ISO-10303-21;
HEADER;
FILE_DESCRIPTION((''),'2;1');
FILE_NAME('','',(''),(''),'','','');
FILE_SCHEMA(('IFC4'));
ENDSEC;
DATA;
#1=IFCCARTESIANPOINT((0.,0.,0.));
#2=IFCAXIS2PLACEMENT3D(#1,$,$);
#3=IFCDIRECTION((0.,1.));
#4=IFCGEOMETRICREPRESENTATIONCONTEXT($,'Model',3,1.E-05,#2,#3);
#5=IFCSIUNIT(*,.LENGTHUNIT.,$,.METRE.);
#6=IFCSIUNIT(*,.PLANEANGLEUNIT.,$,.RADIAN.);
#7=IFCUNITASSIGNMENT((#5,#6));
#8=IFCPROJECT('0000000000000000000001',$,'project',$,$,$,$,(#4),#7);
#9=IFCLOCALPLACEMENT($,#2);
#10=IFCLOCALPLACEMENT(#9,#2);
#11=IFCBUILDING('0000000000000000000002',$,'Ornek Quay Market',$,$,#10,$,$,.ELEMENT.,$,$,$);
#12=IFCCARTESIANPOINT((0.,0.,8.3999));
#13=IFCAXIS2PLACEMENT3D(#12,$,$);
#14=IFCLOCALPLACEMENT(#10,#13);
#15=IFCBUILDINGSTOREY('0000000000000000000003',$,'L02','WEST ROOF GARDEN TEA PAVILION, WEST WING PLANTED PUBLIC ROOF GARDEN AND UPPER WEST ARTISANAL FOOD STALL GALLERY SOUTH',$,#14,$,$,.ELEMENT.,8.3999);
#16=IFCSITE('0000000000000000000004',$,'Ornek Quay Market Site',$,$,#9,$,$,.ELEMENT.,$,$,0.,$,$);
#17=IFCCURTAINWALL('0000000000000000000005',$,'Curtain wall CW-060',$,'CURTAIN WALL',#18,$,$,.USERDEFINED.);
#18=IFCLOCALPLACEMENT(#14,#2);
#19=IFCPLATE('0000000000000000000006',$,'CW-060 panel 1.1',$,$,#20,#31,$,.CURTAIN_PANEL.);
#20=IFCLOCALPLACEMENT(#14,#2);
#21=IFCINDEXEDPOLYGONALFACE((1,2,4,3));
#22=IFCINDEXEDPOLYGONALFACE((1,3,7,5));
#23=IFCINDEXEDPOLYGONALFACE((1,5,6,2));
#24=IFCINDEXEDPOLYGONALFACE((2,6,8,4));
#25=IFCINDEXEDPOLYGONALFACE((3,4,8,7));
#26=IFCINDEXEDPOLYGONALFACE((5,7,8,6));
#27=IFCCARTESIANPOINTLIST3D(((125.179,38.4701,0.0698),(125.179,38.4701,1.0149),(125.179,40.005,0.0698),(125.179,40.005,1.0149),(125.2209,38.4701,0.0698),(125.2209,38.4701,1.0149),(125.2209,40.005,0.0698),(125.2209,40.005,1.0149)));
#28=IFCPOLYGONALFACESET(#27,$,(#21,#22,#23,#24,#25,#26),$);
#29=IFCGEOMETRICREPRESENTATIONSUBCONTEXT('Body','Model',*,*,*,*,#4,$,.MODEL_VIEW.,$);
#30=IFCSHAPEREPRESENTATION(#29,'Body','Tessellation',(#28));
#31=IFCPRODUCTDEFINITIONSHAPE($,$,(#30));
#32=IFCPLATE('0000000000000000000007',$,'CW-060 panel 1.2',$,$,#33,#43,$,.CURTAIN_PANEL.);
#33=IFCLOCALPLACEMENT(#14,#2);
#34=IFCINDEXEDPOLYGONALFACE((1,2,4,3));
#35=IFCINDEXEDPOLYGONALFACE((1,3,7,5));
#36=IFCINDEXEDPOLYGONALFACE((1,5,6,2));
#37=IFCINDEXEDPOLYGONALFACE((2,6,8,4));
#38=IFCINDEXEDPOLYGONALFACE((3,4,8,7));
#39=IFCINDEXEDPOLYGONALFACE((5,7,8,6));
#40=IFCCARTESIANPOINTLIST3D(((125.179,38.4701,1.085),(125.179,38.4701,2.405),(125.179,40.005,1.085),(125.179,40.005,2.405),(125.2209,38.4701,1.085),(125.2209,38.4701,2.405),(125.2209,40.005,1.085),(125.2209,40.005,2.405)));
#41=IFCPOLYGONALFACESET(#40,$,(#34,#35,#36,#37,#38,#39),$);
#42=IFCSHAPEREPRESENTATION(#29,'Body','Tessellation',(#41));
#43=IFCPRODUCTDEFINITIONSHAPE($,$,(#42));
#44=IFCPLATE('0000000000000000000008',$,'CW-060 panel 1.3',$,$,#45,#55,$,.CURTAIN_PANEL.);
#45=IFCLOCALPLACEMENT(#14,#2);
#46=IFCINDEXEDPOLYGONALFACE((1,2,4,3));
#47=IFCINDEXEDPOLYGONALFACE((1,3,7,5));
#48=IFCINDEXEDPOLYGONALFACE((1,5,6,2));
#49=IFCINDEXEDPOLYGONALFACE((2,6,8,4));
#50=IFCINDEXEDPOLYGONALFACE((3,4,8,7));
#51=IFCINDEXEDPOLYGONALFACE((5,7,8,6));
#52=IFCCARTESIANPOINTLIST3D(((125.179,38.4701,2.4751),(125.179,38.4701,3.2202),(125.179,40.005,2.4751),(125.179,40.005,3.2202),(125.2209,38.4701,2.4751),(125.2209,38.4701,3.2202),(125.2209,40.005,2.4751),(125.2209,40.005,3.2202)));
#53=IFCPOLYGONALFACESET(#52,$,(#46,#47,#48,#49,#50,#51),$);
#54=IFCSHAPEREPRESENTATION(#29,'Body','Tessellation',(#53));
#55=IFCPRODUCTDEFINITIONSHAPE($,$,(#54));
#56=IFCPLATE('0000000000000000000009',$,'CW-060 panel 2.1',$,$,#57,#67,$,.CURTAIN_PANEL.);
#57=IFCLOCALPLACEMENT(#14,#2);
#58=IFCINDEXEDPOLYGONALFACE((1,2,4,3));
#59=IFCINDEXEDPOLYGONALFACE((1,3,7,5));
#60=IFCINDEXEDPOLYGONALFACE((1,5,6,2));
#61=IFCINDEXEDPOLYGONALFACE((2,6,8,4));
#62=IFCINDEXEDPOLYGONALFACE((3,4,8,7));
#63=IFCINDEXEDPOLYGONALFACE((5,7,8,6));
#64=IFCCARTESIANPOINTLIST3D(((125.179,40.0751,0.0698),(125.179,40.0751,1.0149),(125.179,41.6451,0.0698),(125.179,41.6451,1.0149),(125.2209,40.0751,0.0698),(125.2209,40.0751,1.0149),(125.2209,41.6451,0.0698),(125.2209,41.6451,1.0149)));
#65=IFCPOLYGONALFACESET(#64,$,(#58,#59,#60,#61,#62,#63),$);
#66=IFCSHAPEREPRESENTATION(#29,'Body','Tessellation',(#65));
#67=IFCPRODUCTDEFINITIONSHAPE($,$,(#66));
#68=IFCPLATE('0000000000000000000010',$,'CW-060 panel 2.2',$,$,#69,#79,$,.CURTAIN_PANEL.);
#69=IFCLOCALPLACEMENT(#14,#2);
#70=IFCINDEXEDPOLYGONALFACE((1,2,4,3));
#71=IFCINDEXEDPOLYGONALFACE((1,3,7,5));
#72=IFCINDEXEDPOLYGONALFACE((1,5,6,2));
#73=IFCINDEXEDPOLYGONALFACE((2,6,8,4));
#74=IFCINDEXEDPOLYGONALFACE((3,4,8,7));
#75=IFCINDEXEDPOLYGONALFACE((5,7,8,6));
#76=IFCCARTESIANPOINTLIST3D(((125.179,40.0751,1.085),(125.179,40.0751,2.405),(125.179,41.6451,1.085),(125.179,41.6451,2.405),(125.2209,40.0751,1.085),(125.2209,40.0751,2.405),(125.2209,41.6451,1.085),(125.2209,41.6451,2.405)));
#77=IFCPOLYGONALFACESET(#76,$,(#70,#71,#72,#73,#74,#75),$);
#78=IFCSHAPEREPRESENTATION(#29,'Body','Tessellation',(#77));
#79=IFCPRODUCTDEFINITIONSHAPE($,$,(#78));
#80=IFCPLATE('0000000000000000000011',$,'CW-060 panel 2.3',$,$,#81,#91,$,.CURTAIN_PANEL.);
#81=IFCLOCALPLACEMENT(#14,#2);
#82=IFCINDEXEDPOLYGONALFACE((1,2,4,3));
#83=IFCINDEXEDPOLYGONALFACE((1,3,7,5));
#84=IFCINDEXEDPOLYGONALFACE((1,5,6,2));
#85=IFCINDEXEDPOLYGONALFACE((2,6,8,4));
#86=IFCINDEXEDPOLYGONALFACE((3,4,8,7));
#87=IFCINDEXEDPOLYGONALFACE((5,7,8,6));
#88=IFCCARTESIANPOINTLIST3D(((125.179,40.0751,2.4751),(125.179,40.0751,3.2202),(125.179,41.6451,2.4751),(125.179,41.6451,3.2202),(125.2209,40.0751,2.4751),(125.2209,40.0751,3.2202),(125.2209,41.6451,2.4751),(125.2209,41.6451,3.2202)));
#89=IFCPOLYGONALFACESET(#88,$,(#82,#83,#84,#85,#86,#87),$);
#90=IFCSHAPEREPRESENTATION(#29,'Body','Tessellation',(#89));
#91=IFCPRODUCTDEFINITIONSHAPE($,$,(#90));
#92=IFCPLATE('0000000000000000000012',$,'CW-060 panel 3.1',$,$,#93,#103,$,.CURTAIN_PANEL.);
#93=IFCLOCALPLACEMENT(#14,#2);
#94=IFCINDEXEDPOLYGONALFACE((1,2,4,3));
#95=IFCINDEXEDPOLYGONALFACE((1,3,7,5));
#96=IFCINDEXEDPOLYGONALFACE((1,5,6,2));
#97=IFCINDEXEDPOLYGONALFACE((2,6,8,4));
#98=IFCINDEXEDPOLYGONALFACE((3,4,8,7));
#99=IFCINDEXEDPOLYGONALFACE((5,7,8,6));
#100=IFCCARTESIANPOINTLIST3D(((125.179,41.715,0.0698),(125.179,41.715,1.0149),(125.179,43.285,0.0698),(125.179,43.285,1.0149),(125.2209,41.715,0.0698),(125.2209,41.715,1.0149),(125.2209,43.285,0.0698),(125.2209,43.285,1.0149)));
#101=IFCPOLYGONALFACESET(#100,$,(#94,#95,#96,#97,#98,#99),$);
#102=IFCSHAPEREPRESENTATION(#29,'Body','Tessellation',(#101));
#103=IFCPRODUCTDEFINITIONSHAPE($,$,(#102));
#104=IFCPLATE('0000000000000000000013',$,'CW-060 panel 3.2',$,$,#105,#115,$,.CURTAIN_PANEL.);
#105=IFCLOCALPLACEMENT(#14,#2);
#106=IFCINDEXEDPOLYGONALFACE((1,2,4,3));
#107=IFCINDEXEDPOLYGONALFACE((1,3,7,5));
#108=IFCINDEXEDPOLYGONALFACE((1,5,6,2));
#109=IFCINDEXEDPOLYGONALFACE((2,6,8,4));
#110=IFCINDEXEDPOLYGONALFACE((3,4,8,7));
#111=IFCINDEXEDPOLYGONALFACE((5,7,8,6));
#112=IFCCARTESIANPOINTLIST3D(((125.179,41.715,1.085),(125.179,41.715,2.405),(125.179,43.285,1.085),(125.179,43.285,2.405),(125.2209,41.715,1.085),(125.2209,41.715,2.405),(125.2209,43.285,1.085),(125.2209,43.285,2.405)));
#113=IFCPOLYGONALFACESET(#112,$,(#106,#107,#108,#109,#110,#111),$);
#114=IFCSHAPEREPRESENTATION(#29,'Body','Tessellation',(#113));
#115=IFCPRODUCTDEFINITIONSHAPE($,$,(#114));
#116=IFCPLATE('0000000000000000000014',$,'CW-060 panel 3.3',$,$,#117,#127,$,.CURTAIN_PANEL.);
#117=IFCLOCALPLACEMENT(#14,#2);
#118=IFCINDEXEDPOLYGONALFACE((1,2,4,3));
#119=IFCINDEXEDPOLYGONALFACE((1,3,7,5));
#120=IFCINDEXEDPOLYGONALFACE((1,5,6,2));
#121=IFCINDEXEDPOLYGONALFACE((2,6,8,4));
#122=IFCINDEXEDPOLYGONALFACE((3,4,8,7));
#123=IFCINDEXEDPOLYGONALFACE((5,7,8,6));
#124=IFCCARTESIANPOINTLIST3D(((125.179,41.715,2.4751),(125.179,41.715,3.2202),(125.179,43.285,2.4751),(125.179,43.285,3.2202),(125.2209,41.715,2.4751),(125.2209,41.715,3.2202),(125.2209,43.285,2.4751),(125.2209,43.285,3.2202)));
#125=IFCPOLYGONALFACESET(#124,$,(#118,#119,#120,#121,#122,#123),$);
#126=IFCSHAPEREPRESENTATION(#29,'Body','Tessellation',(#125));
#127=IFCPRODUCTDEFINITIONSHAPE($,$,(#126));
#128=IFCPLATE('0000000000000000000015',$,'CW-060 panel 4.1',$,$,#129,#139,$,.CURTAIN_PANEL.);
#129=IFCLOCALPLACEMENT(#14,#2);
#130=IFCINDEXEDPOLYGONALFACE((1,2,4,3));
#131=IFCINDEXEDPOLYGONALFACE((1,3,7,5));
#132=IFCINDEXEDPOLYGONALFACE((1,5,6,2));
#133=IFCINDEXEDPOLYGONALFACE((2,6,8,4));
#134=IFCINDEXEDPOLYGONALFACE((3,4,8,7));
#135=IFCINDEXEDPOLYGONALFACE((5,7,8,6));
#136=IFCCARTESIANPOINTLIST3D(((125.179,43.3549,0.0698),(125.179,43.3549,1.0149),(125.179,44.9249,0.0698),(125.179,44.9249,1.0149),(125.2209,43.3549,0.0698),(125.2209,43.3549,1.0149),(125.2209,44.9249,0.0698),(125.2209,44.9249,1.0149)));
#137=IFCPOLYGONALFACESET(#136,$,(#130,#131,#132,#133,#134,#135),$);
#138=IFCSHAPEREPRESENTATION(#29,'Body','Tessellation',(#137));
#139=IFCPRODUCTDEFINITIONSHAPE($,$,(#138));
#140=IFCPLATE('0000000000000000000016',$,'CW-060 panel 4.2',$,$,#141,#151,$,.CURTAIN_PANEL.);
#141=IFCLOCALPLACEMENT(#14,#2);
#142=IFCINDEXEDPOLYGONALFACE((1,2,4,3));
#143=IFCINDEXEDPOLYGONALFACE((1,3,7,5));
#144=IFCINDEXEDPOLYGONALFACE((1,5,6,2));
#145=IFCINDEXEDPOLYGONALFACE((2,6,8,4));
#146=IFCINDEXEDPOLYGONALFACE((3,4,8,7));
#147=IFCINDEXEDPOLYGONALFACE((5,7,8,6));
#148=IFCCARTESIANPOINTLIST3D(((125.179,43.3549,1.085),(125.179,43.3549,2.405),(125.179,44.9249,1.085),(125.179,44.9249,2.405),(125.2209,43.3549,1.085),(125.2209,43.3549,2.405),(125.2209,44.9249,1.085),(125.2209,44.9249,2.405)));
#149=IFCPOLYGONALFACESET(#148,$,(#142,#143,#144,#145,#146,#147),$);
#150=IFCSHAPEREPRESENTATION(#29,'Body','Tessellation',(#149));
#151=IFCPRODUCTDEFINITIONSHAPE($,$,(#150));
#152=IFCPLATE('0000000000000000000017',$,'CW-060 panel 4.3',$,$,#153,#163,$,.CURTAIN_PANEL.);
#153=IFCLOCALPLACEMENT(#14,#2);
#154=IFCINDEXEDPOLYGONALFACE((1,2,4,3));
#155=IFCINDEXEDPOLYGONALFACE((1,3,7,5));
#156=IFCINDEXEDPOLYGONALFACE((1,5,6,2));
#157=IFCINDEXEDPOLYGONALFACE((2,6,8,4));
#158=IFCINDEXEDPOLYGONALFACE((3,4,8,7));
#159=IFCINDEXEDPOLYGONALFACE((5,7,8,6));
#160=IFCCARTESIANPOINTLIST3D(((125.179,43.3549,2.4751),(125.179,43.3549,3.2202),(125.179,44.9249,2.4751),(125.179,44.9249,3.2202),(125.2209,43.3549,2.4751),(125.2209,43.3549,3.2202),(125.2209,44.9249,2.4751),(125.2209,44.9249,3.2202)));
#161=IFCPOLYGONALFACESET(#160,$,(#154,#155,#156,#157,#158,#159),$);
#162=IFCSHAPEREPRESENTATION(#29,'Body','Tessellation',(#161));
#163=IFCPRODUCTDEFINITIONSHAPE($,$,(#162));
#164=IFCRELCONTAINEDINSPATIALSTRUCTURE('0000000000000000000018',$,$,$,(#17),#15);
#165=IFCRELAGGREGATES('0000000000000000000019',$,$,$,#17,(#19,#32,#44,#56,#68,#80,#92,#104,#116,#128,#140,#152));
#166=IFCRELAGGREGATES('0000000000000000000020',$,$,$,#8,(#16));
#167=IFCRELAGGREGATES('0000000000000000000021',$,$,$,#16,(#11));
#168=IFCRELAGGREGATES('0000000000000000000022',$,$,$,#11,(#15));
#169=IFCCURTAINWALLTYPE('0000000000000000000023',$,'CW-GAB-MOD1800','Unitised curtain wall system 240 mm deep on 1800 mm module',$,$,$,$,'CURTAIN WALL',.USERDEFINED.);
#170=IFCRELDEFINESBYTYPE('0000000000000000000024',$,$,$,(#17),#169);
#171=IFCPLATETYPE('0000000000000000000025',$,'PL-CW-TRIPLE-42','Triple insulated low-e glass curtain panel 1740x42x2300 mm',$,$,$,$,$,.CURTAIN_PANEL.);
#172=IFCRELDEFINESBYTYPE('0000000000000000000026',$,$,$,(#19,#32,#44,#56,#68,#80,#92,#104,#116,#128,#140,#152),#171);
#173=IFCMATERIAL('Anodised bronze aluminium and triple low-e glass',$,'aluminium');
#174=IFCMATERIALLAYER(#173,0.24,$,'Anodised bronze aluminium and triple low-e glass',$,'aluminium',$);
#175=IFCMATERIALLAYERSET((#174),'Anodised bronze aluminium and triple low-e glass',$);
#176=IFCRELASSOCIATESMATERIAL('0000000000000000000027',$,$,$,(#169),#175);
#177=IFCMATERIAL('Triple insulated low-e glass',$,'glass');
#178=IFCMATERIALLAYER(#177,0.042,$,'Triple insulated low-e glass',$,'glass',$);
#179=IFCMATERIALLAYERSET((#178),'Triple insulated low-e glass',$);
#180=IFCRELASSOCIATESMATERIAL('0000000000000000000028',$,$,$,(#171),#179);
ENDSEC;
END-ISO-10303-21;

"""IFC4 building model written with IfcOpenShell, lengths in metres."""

from ifc_helpers import new_model, si_unit, direction, frame, origin, origin_2d, place, context, subcontext, project, spatial, rectangle, extrude, material, layer, layer_set, type_object, element, aggregate, save


model = new_model("IFC4")

# Units and contexts
model_context = context("Model", 3, precision=1e-05, world=origin(), true_north=direction((0.0, 1.0)))
body_context = subcontext(model_context, "Body", "Model", "MODEL_VIEW")
ifc_project = project(units=[si_unit("LENGTHUNIT", "METRE"), si_unit("PLANEANGLEUNIT", "RADIAN")], contexts=[model_context])

# Site, building, storey
site_placement = place(None, origin())
site = spatial("IfcSite", under=ifc_project, at=site_placement, Name="Ornek Quay Market Site", CompositionType="ELEMENT", RefElevation=0.0)
building_placement = place(site_placement, origin())
building = spatial("IfcBuilding", under=site, at=building_placement, Name="Ornek Quay Market", CompositionType="ELEMENT")
storey_placement = place(building_placement, frame((0.0, 0.0, 8.3999)))
storey = spatial("IfcBuildingStorey", under=building, at=storey_placement, Name="L02", Description="WEST ROOF GARDEN TEA PAVILION, WEST WING PLANTED PUBLIC ROOF GARDEN AND UPPER WEST ARTISANAL FOOD STALL GALLERY SOUTH", CompositionType="ELEMENT", Elevation=8.3999)

# Curtain wall, plates
ifc_material_1 = material(Name="Anodised bronze aluminium and triple low-e glass", Category="aluminium")
ifc_layer_1 = layer(ifc_material_1, 0.24, Name="Anodised bronze aluminium and triple low-e glass", Category="aluminium")
ifc_layer_set_1 = layer_set([ifc_layer_1], Name="Anodised bronze aluminium and triple low-e glass")
curtain_wall_type = type_object("IfcCurtainWallType", Name="CW-GAB-MOD1800", Description="Unitised curtain wall system 240 mm deep on 1800 mm module", ElementType="CURTAIN WALL", PredefinedType="USERDEFINED", material=ifc_layer_set_1)
curtain_wall_placement = place(storey_placement, origin())
curtain_wall = element("IfcCurtainWall", 1, at=curtain_wall_placement, inside=storey, type_object=curtain_wall_type, Name="Curtain wall CW-060", ObjectType="CURTAIN WALL", PredefinedType="USERDEFINED")
ifc_material_2 = material(Name="Triple insulated low-e glass", Category="glass")
ifc_layer_2 = layer(ifc_material_2, 0.042, Name="Triple insulated low-e glass", Category="glass")
ifc_layer_set_2 = layer_set([ifc_layer_2], Name="Triple insulated low-e glass")
plate_type = type_object("IfcPlateType", Name="PL-CW-TRIPLE-42", Description="Triple insulated low-e glass curtain panel 1740x42x2300 mm", PredefinedType="CURTAIN_PANEL", material=ifc_layer_set_2)
plate_1_placement = place(storey_placement, frame((125.2, 39.2375, 0.0698), z_axis=(0.0, 0.0, 1.0), x_axis=(0.0, 1.0, 0.0)))
plate_1 = element("IfcPlate", 2, at=plate_1_placement, type_object=plate_type, Name="CW-060 panel 1.1", PredefinedType="CURTAIN_PANEL", context=body_context, shape_type="SweptSolid", body=[
    extrude(rectangle(XDim=1.5349, YDim=0.042, at=origin_2d()), origin(), (0.0, 0.0, 1.0), 0.9451),
])
plate_2_placement = place(storey_placement, frame((125.2, 39.2375, 1.085), z_axis=(0.0, 0.0, 1.0), x_axis=(0.0, 1.0, 0.0)))
plate_2 = element("IfcPlate", 3, at=plate_2_placement, type_object=plate_type, Name="CW-060 panel 1.2", PredefinedType="CURTAIN_PANEL", context=body_context, shape_type="SweptSolid", body=[
    extrude(rectangle(XDim=1.5349, YDim=0.042, at=origin_2d()), origin(), (0.0, 0.0, 1.0), 1.3201),
])
plate_3_placement = place(storey_placement, frame((125.2, 39.2375, 2.4751), z_axis=(0.0, 0.0, 1.0), x_axis=(0.0, 1.0, 0.0)))
plate_3 = element("IfcPlate", 4, at=plate_3_placement, type_object=plate_type, Name="CW-060 panel 1.3", PredefinedType="CURTAIN_PANEL", context=body_context, shape_type="SweptSolid", body=[
    extrude(rectangle(XDim=1.5349, YDim=0.042, at=origin_2d()), origin(), (0.0, 0.0, 1.0), 0.7451),
])
plate_4_placement = place(storey_placement, frame((125.2, 40.8601, 0.0698), z_axis=(0.0, 0.0, 1.0), x_axis=(0.0, 1.0, 0.0)))
plate_4 = element("IfcPlate", 5, at=plate_4_placement, type_object=plate_type, Name="CW-060 panel 2.1", PredefinedType="CURTAIN_PANEL", context=body_context, shape_type="SweptSolid", body=[
    extrude(rectangle(XDim=1.5701, YDim=0.042, at=origin_2d()), origin(), (0.0, 0.0, 1.0), 0.9451),
])
plate_5_placement = place(storey_placement, frame((125.2, 40.8601, 1.085), z_axis=(0.0, 0.0, 1.0), x_axis=(0.0, 1.0, 0.0)))
plate_5 = element("IfcPlate", 6, at=plate_5_placement, type_object=plate_type, Name="CW-060 panel 2.2", PredefinedType="CURTAIN_PANEL", context=body_context, shape_type="SweptSolid", body=[
    extrude(rectangle(XDim=1.5701, YDim=0.042, at=origin_2d()), origin(), (0.0, 0.0, 1.0), 1.3201),
])
plate_6_placement = place(storey_placement, frame((125.2, 40.8601, 2.4751), z_axis=(0.0, 0.0, 1.0), x_axis=(0.0, 1.0, 0.0)))
plate_6 = element("IfcPlate", 7, at=plate_6_placement, type_object=plate_type, Name="CW-060 panel 2.3", PredefinedType="CURTAIN_PANEL", context=body_context, shape_type="SweptSolid", body=[
    extrude(rectangle(XDim=1.5701, YDim=0.042, at=origin_2d()), origin(), (0.0, 0.0, 1.0), 0.7451),
])
plate_7_placement = place(storey_placement, frame((125.2, 42.5, 0.0698), z_axis=(0.0, 0.0, 1.0), x_axis=(0.0, 1.0, 0.0)))
plate_7 = element("IfcPlate", 8, at=plate_7_placement, type_object=plate_type, Name="CW-060 panel 3.1", PredefinedType="CURTAIN_PANEL", context=body_context, shape_type="SweptSolid", body=[
    extrude(rectangle(XDim=1.5701, YDim=0.042, at=origin_2d()), origin(), (0.0, 0.0, 1.0), 0.9451),
])
plate_8_placement = place(storey_placement, frame((125.2, 42.5, 1.085), z_axis=(0.0, 0.0, 1.0), x_axis=(0.0, 1.0, 0.0)))
plate_8 = element("IfcPlate", 9, at=plate_8_placement, type_object=plate_type, Name="CW-060 panel 3.2", PredefinedType="CURTAIN_PANEL", context=body_context, shape_type="SweptSolid", body=[
    extrude(rectangle(XDim=1.5701, YDim=0.042, at=origin_2d()), origin(), (0.0, 0.0, 1.0), 1.3201),
])
plate_9_placement = place(storey_placement, frame((125.2, 42.5, 2.4751), z_axis=(0.0, 0.0, 1.0), x_axis=(0.0, 1.0, 0.0)))
plate_9 = element("IfcPlate", 10, at=plate_9_placement, type_object=plate_type, Name="CW-060 panel 3.3", PredefinedType="CURTAIN_PANEL", context=body_context, shape_type="SweptSolid", body=[
    extrude(rectangle(XDim=1.5701, YDim=0.042, at=origin_2d()), origin(), (0.0, 0.0, 1.0), 0.7451),
])
plate_10_placement = place(storey_placement, frame((125.2, 44.1399, 0.0698), z_axis=(0.0, 0.0, 1.0), x_axis=(0.0, 1.0, 0.0)))
plate_10 = element("IfcPlate", 11, at=plate_10_placement, type_object=plate_type, Name="CW-060 panel 4.1", PredefinedType="CURTAIN_PANEL", context=body_context, shape_type="SweptSolid", body=[
    extrude(rectangle(XDim=1.5701, YDim=0.042, at=origin_2d()), origin(), (0.0, 0.0, 1.0), 0.9451),
])
plate_11_placement = place(storey_placement, frame((125.2, 44.1399, 1.085), z_axis=(0.0, 0.0, 1.0), x_axis=(0.0, 1.0, 0.0)))
plate_11 = element("IfcPlate", 12, at=plate_11_placement, type_object=plate_type, Name="CW-060 panel 4.2", PredefinedType="CURTAIN_PANEL", context=body_context, shape_type="SweptSolid", body=[
    extrude(rectangle(XDim=1.5701, YDim=0.042, at=origin_2d()), origin(), (0.0, 0.0, 1.0), 1.3201),
])
plate_12_placement = place(storey_placement, frame((125.2, 44.1399, 2.4751), z_axis=(0.0, 0.0, 1.0), x_axis=(0.0, 1.0, 0.0)))
plate_12 = element("IfcPlate", 13, at=plate_12_placement, type_object=plate_type, Name="CW-060 panel 4.3", PredefinedType="CURTAIN_PANEL", context=body_context, shape_type="SweptSolid", body=[
    extrude(rectangle(XDim=1.5701, YDim=0.042, at=origin_2d()), origin(), (0.0, 0.0, 1.0), 0.7451),
])
aggregate(curtain_wall, [plate_1, plate_2, plate_3, plate_4, plate_5, plate_6, plate_7, plate_8, plate_9, plate_10, plate_11, plate_12])

save(model, "model.ifc")
